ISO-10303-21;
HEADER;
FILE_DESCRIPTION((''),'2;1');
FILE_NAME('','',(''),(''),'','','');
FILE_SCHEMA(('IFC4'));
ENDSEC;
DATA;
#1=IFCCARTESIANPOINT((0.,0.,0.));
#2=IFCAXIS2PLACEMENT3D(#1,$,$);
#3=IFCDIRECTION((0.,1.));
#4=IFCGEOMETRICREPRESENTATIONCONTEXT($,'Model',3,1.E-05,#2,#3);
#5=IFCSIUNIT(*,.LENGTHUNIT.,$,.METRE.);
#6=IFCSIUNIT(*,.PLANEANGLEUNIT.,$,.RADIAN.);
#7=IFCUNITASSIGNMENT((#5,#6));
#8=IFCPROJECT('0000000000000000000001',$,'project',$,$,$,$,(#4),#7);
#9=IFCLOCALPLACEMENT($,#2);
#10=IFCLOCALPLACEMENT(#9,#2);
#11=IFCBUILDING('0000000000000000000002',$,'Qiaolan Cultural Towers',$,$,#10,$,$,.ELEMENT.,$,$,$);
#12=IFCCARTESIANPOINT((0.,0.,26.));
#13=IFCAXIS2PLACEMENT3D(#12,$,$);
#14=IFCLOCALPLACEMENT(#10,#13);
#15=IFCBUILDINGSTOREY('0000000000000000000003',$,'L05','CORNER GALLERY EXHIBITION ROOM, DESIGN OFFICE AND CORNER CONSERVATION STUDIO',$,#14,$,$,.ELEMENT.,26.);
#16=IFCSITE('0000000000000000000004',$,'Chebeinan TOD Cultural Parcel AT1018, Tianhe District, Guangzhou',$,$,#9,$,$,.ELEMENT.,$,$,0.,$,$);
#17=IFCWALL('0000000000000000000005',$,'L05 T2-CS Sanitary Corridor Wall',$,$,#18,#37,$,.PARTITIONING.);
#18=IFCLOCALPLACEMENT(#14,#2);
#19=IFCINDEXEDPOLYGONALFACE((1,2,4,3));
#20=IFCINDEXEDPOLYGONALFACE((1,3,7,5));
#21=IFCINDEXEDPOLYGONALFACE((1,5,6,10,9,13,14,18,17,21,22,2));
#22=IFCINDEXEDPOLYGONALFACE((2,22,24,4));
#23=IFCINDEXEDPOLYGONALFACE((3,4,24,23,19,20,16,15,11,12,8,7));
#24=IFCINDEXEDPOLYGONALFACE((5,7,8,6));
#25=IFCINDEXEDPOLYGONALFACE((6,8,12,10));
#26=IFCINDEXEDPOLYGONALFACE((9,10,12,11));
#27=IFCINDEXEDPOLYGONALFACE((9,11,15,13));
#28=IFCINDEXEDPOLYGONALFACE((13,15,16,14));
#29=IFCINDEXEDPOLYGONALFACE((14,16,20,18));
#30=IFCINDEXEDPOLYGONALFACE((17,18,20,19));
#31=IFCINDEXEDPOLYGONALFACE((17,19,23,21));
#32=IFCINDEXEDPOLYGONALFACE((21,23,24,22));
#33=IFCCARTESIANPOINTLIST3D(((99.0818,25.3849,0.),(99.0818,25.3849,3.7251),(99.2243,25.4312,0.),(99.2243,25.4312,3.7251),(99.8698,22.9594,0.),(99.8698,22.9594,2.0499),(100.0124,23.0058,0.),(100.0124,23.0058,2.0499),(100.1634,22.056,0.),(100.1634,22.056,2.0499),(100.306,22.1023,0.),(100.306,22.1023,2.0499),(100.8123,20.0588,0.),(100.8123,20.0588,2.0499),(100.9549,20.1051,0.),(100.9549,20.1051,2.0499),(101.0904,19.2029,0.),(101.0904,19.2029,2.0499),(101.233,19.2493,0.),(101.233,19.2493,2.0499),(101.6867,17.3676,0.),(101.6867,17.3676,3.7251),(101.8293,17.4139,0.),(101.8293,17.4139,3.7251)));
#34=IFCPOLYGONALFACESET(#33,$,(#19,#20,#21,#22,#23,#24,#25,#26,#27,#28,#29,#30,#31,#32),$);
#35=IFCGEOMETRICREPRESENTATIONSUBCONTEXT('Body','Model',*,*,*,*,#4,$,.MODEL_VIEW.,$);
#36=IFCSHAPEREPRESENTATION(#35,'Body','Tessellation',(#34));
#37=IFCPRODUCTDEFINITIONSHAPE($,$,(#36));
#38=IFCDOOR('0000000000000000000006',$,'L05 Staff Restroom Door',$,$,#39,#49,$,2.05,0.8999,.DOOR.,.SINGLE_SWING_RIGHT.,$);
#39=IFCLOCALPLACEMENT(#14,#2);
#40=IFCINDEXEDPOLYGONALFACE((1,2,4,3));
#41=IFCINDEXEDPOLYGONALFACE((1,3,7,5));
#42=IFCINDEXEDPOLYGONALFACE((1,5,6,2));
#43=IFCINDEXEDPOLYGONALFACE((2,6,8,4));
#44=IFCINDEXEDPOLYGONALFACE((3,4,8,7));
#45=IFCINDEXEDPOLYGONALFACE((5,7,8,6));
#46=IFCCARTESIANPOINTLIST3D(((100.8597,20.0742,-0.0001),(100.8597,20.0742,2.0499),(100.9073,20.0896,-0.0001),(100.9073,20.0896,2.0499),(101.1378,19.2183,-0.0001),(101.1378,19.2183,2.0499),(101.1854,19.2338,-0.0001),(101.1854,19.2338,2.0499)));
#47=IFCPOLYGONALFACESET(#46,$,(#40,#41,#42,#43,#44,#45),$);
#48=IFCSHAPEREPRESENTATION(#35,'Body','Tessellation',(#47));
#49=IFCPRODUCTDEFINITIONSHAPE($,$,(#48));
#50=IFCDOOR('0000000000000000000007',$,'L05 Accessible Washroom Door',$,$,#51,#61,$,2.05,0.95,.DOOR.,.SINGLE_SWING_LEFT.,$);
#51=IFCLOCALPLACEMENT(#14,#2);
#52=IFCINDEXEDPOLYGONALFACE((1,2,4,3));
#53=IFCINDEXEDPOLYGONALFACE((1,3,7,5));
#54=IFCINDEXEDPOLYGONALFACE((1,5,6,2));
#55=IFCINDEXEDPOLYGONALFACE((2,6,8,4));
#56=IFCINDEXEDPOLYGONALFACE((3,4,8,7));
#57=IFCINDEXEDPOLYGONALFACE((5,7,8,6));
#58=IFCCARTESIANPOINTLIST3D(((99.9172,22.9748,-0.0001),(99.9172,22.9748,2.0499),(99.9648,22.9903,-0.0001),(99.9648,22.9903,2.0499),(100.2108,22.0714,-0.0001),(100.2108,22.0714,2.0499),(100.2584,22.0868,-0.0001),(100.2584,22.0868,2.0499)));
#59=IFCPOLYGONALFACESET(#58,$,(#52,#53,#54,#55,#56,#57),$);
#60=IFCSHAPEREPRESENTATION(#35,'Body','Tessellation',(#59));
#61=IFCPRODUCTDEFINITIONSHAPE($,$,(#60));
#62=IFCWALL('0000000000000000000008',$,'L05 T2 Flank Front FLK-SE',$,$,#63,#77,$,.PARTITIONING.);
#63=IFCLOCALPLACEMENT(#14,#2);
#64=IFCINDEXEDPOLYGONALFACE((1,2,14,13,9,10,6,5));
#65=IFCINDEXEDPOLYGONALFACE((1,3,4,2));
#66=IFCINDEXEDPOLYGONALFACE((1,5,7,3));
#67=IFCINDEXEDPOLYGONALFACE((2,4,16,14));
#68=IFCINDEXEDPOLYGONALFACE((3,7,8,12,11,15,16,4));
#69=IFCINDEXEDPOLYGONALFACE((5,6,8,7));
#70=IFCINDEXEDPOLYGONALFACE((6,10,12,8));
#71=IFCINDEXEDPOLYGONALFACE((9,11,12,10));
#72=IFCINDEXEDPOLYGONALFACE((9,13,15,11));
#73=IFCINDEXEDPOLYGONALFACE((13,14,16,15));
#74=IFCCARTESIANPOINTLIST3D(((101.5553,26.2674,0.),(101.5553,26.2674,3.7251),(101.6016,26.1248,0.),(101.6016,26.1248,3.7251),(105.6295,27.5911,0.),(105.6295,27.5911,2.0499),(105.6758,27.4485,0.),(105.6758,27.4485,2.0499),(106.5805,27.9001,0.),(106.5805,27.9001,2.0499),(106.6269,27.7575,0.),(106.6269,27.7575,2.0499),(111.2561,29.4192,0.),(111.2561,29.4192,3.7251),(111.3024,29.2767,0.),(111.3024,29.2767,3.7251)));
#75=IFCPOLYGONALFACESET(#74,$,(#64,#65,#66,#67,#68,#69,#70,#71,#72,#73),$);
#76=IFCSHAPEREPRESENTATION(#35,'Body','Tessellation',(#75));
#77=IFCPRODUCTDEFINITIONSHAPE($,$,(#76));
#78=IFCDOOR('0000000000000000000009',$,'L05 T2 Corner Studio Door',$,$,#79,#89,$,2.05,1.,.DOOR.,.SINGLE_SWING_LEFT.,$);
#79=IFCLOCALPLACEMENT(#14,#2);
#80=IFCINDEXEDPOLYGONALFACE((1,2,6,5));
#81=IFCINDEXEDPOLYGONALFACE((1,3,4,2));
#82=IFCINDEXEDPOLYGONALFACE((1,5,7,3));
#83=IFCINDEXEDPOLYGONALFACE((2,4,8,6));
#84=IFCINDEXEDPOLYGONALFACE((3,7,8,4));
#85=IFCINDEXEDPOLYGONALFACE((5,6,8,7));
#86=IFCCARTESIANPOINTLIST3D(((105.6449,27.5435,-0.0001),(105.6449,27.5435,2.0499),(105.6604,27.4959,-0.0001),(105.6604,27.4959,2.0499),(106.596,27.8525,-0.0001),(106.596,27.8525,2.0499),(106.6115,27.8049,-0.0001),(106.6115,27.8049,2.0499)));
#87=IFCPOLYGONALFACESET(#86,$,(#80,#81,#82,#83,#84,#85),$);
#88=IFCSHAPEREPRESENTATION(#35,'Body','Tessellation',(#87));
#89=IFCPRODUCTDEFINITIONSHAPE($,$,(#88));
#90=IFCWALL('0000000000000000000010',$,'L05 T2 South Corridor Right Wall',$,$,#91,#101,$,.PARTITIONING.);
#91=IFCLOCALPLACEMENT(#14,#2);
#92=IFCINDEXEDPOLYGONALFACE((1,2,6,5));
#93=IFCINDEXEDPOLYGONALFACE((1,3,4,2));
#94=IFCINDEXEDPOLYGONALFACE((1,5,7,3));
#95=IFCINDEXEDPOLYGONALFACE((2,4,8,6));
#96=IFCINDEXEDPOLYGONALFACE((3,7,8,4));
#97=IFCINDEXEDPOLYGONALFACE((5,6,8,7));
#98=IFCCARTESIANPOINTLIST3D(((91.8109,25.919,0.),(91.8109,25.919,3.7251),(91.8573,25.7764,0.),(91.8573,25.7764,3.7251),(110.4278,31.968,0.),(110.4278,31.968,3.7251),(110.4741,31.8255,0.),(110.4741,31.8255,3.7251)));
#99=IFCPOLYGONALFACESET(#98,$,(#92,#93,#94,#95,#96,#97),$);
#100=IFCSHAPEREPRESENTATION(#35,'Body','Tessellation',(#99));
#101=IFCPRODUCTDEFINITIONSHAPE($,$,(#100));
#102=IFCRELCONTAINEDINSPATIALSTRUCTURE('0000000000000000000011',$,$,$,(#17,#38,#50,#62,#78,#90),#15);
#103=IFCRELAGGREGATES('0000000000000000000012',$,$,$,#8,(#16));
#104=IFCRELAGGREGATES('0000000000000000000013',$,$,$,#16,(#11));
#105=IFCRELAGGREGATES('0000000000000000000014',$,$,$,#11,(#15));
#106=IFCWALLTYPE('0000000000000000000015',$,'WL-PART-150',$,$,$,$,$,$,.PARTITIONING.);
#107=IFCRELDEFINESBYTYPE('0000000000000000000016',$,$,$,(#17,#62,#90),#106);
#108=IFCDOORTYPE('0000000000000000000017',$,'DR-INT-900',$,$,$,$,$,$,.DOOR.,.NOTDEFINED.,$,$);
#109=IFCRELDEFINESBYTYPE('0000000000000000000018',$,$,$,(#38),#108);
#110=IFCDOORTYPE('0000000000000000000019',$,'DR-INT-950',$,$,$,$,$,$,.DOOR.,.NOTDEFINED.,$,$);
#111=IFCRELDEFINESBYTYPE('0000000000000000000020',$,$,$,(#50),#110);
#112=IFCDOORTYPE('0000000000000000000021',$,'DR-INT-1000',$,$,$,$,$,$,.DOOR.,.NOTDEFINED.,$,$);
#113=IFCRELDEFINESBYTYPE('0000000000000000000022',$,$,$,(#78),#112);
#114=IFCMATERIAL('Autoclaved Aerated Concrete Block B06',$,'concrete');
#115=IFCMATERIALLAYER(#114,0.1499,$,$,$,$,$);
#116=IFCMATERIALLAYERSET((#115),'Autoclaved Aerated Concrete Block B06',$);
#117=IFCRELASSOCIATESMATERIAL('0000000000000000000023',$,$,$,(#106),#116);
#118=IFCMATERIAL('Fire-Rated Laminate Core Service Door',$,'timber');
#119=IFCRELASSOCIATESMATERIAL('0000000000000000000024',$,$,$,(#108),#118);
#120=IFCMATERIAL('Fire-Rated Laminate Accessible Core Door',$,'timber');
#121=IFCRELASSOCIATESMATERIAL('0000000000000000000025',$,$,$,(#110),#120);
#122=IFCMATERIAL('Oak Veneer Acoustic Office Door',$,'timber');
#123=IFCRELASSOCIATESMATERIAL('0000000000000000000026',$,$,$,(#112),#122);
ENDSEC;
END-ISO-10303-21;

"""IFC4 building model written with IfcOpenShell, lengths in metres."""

from ifc_helpers import new_model, si_unit, direction, frame, frame_2d, origin, place, context, subcontext, project, spatial, rectangle, extrude, material, layer, layer_set, type_object, element, fill, save


model = new_model("IFC4")

# Units and contexts
model_context = context("Model", 3, precision=1e-05, world=origin(), true_north=direction((0.0, 1.0)))
body_context = subcontext(model_context, "Body", "Model", "MODEL_VIEW")
ifc_project = project(units=[si_unit("LENGTHUNIT", "METRE"), si_unit("PLANEANGLEUNIT", "RADIAN")], contexts=[model_context])

# Site, building, storey
site_placement = place(None, origin())
site = spatial("IfcSite", under=ifc_project, at=site_placement, Name="Chebeinan TOD Cultural Parcel AT1018, Tianhe District, Guangzhou", CompositionType="ELEMENT", RefElevation=0.0)
building_placement = place(site_placement, origin())
building = spatial("IfcBuilding", under=site, at=building_placement, Name="Qiaolan Cultural Towers", CompositionType="ELEMENT")
storey_placement = place(building_placement, frame((0.0, 0.0, 26.0)))
storey = spatial("IfcBuildingStorey", under=building, at=storey_placement, Name="L05", Description="CORNER GALLERY EXHIBITION ROOM, DESIGN OFFICE AND CORNER CONSERVATION STUDIO", CompositionType="ELEMENT", Elevation=26.0)

# Wall, openings, doors
ifc_material_1 = material(Name="Autoclaved Aerated Concrete Block B06", Category="concrete")
ifc_layer_1 = layer(ifc_material_1, 0.1499)
ifc_layer_set_1 = layer_set([ifc_layer_1], Name="Autoclaved Aerated Concrete Block B06")
wall_type_1 = type_object("IfcWallType", Name="WL-PART-150", PredefinedType="PARTITIONING", material=ifc_layer_set_1)
ifc_material_2 = material(Name="Fire-Rated Laminate Core Service Door", Category="timber")
door_type_1 = type_object("IfcDoorType", Name="DR-INT-900", OperationType="NOTDEFINED", PredefinedType="DOOR", material=ifc_material_2)
ifc_material_3 = material(Name="Fire-Rated Laminate Accessible Core Door", Category="timber")
door_type_2 = type_object("IfcDoorType", Name="DR-INT-950", OperationType="NOTDEFINED", PredefinedType="DOOR", material=ifc_material_3)
wall_1_placement = place(storey_placement, frame((99.1531, 25.408, 0.0), z_axis=(0.0, 0.0, 1.0), x_axis=(0.309016, -0.951057, 0.0)))
wall_1 = element("IfcWall", 1, at=wall_1_placement, inside=storey, type_object=wall_type_1, Name="L05 T2-CS Sanitary Corridor Wall", PredefinedType="PARTITIONING", context=body_context, shape_type="SweptSolid", body=[
    extrude(rectangle(XDim=8.4299, YDim=0.1499, at=frame_2d((4.2148, 0.0))), origin(), (0.0, 0.0, 1.0), 3.7251),
])
opening_1_placement = place(wall_1_placement, frame((2.55, 0.0, 0.0)))
opening_1 = element("IfcOpeningElement", 2, at=opening_1_placement, cuts=wall_1, PredefinedType="OPENING", context=body_context, shape_type="SweptSolid", body=[
    extrude(rectangle(XDim=0.95, YDim=2.05, at=frame_2d((0.4751, 1.0249))), frame((0.0, 0.085, 0.0), z_axis=(0.0, -1.0, 0.0), x_axis=(1.0, 0.0, 0.0)), (0.0, 0.0, 1.0), 0.1699),
])
opening_2_placement = place(wall_1_placement, frame((5.6001, 0.0, 0.0)))
opening_2 = element("IfcOpeningElement", 3, at=opening_2_placement, cuts=wall_1, PredefinedType="OPENING", context=body_context, shape_type="SweptSolid", body=[
    extrude(rectangle(XDim=0.8999, YDim=2.05, at=frame_2d((0.45, 1.0249))), frame((0.0, 0.085, 0.0), z_axis=(0.0, -1.0, 0.0), x_axis=(1.0, 0.0, 0.0)), (0.0, 0.0, 1.0), 0.1699),
])
door_1_placement = place(opening_2_placement, origin())
door_1 = element("IfcDoor", 4, at=door_1_placement, inside=storey, type_object=door_type_1, Name="L05 Staff Restroom Door", OperationType="SINGLE_SWING_RIGHT", OverallHeight=2.05, OverallWidth=0.8999, PredefinedType="DOOR", context=body_context, shape_type="SweptSolid", body=[
    extrude(rectangle(XDim=0.8999, YDim=2.05, at=frame_2d((0.45, 1.0249))), frame((0.0, 0.0249, 0.0), z_axis=(0.0, -1.0, 0.0), x_axis=(1.0, 0.0, 0.0)), (0.0, 0.0, 1.0), 0.05),
])
fill(opening_2, door_1)
door_2_placement = place(opening_1_placement, origin())
door_2 = element("IfcDoor", 5, at=door_2_placement, inside=storey, type_object=door_type_2, Name="L05 Accessible Washroom Door", OperationType="SINGLE_SWING_LEFT", OverallHeight=2.05, OverallWidth=0.95, PredefinedType="DOOR", context=body_context, shape_type="SweptSolid", body=[
    extrude(rectangle(XDim=0.95, YDim=2.05, at=frame_2d((0.4751, 1.0249))), frame((0.0, 0.0249, 0.0), z_axis=(0.0, -1.0, 0.0), x_axis=(1.0, 0.0, 0.0)), (0.0, 0.0, 1.0), 0.05),
])
fill(opening_1, door_2)

# Wall, opening, door
wall_2_placement = place(storey_placement, frame((101.5784, 26.196, 0.0), z_axis=(0.0, 0.0, 1.0), x_axis=(0.951059, 0.309009, 0.0)))
wall_2 = element("IfcWall", 6, at=wall_2_placement, inside=storey, type_object=wall_type_1, Name="L05 T2 Flank Front FLK-SE", PredefinedType="PARTITIONING", context=body_context, shape_type="SweptSolid", body=[
    extrude(rectangle(XDim=10.2, YDim=0.1499, at=frame_2d((5.1001, 0.0))), origin(), (0.0, 0.0, 1.0), 3.7251),
])
opening_3_placement = place(wall_2_placement, frame((4.2839, 0.0, 0.0)))
opening_3 = element("IfcOpeningElement", 7, at=opening_3_placement, cuts=wall_2, PredefinedType="OPENING", context=body_context, shape_type="SweptSolid", body=[
    extrude(rectangle(XDim=1.0, YDim=2.05, at=frame_2d((0.5, 1.0249))), frame((0.0, 0.085, 0.0), z_axis=(0.0, -1.0, 0.0), x_axis=(1.0, 0.0, 0.0)), (0.0, 0.0, 1.0), 0.1699),
])
ifc_material_4 = material(Name="Oak Veneer Acoustic Office Door", Category="timber")
door_type_3 = type_object("IfcDoorType", Name="DR-INT-1000", OperationType="NOTDEFINED", PredefinedType="DOOR", material=ifc_material_4)
door_3_placement = place(opening_3_placement, origin())
door_3 = element("IfcDoor", 8, at=door_3_placement, inside=storey, type_object=door_type_3, Name="L05 T2 Corner Studio Door", OperationType="SINGLE_SWING_LEFT", OverallHeight=2.05, OverallWidth=1.0, PredefinedType="DOOR", context=body_context, shape_type="SweptSolid", body=[
    extrude(rectangle(XDim=1.0, YDim=2.05, at=frame_2d((0.5, 1.0249))), frame((0.0, 0.0249, 0.0), z_axis=(0.0, -1.0, 0.0), x_axis=(1.0, 0.0, 0.0)), (0.0, 0.0, 1.0), 0.05),
])
fill(opening_3, door_3)

# Wall
wall_3_placement = place(storey_placement, frame((91.834, 25.8477, 0.0), z_axis=(0.0, 0.0, 1.0), x_axis=(0.951056, 0.30902, 0.0)))
element("IfcWall", 9, at=wall_3_placement, inside=storey, type_object=wall_type_1, Name="L05 T2 South Corridor Right Wall", PredefinedType="PARTITIONING", context=body_context, shape_type="SweptSolid", body=[
    extrude(rectangle(XDim=19.575, YDim=0.1499, at=frame_2d((9.7876, 0.0))), origin(), (0.0, 0.0, 1.0), 3.7251),
])

save(model, "model.ifc")
